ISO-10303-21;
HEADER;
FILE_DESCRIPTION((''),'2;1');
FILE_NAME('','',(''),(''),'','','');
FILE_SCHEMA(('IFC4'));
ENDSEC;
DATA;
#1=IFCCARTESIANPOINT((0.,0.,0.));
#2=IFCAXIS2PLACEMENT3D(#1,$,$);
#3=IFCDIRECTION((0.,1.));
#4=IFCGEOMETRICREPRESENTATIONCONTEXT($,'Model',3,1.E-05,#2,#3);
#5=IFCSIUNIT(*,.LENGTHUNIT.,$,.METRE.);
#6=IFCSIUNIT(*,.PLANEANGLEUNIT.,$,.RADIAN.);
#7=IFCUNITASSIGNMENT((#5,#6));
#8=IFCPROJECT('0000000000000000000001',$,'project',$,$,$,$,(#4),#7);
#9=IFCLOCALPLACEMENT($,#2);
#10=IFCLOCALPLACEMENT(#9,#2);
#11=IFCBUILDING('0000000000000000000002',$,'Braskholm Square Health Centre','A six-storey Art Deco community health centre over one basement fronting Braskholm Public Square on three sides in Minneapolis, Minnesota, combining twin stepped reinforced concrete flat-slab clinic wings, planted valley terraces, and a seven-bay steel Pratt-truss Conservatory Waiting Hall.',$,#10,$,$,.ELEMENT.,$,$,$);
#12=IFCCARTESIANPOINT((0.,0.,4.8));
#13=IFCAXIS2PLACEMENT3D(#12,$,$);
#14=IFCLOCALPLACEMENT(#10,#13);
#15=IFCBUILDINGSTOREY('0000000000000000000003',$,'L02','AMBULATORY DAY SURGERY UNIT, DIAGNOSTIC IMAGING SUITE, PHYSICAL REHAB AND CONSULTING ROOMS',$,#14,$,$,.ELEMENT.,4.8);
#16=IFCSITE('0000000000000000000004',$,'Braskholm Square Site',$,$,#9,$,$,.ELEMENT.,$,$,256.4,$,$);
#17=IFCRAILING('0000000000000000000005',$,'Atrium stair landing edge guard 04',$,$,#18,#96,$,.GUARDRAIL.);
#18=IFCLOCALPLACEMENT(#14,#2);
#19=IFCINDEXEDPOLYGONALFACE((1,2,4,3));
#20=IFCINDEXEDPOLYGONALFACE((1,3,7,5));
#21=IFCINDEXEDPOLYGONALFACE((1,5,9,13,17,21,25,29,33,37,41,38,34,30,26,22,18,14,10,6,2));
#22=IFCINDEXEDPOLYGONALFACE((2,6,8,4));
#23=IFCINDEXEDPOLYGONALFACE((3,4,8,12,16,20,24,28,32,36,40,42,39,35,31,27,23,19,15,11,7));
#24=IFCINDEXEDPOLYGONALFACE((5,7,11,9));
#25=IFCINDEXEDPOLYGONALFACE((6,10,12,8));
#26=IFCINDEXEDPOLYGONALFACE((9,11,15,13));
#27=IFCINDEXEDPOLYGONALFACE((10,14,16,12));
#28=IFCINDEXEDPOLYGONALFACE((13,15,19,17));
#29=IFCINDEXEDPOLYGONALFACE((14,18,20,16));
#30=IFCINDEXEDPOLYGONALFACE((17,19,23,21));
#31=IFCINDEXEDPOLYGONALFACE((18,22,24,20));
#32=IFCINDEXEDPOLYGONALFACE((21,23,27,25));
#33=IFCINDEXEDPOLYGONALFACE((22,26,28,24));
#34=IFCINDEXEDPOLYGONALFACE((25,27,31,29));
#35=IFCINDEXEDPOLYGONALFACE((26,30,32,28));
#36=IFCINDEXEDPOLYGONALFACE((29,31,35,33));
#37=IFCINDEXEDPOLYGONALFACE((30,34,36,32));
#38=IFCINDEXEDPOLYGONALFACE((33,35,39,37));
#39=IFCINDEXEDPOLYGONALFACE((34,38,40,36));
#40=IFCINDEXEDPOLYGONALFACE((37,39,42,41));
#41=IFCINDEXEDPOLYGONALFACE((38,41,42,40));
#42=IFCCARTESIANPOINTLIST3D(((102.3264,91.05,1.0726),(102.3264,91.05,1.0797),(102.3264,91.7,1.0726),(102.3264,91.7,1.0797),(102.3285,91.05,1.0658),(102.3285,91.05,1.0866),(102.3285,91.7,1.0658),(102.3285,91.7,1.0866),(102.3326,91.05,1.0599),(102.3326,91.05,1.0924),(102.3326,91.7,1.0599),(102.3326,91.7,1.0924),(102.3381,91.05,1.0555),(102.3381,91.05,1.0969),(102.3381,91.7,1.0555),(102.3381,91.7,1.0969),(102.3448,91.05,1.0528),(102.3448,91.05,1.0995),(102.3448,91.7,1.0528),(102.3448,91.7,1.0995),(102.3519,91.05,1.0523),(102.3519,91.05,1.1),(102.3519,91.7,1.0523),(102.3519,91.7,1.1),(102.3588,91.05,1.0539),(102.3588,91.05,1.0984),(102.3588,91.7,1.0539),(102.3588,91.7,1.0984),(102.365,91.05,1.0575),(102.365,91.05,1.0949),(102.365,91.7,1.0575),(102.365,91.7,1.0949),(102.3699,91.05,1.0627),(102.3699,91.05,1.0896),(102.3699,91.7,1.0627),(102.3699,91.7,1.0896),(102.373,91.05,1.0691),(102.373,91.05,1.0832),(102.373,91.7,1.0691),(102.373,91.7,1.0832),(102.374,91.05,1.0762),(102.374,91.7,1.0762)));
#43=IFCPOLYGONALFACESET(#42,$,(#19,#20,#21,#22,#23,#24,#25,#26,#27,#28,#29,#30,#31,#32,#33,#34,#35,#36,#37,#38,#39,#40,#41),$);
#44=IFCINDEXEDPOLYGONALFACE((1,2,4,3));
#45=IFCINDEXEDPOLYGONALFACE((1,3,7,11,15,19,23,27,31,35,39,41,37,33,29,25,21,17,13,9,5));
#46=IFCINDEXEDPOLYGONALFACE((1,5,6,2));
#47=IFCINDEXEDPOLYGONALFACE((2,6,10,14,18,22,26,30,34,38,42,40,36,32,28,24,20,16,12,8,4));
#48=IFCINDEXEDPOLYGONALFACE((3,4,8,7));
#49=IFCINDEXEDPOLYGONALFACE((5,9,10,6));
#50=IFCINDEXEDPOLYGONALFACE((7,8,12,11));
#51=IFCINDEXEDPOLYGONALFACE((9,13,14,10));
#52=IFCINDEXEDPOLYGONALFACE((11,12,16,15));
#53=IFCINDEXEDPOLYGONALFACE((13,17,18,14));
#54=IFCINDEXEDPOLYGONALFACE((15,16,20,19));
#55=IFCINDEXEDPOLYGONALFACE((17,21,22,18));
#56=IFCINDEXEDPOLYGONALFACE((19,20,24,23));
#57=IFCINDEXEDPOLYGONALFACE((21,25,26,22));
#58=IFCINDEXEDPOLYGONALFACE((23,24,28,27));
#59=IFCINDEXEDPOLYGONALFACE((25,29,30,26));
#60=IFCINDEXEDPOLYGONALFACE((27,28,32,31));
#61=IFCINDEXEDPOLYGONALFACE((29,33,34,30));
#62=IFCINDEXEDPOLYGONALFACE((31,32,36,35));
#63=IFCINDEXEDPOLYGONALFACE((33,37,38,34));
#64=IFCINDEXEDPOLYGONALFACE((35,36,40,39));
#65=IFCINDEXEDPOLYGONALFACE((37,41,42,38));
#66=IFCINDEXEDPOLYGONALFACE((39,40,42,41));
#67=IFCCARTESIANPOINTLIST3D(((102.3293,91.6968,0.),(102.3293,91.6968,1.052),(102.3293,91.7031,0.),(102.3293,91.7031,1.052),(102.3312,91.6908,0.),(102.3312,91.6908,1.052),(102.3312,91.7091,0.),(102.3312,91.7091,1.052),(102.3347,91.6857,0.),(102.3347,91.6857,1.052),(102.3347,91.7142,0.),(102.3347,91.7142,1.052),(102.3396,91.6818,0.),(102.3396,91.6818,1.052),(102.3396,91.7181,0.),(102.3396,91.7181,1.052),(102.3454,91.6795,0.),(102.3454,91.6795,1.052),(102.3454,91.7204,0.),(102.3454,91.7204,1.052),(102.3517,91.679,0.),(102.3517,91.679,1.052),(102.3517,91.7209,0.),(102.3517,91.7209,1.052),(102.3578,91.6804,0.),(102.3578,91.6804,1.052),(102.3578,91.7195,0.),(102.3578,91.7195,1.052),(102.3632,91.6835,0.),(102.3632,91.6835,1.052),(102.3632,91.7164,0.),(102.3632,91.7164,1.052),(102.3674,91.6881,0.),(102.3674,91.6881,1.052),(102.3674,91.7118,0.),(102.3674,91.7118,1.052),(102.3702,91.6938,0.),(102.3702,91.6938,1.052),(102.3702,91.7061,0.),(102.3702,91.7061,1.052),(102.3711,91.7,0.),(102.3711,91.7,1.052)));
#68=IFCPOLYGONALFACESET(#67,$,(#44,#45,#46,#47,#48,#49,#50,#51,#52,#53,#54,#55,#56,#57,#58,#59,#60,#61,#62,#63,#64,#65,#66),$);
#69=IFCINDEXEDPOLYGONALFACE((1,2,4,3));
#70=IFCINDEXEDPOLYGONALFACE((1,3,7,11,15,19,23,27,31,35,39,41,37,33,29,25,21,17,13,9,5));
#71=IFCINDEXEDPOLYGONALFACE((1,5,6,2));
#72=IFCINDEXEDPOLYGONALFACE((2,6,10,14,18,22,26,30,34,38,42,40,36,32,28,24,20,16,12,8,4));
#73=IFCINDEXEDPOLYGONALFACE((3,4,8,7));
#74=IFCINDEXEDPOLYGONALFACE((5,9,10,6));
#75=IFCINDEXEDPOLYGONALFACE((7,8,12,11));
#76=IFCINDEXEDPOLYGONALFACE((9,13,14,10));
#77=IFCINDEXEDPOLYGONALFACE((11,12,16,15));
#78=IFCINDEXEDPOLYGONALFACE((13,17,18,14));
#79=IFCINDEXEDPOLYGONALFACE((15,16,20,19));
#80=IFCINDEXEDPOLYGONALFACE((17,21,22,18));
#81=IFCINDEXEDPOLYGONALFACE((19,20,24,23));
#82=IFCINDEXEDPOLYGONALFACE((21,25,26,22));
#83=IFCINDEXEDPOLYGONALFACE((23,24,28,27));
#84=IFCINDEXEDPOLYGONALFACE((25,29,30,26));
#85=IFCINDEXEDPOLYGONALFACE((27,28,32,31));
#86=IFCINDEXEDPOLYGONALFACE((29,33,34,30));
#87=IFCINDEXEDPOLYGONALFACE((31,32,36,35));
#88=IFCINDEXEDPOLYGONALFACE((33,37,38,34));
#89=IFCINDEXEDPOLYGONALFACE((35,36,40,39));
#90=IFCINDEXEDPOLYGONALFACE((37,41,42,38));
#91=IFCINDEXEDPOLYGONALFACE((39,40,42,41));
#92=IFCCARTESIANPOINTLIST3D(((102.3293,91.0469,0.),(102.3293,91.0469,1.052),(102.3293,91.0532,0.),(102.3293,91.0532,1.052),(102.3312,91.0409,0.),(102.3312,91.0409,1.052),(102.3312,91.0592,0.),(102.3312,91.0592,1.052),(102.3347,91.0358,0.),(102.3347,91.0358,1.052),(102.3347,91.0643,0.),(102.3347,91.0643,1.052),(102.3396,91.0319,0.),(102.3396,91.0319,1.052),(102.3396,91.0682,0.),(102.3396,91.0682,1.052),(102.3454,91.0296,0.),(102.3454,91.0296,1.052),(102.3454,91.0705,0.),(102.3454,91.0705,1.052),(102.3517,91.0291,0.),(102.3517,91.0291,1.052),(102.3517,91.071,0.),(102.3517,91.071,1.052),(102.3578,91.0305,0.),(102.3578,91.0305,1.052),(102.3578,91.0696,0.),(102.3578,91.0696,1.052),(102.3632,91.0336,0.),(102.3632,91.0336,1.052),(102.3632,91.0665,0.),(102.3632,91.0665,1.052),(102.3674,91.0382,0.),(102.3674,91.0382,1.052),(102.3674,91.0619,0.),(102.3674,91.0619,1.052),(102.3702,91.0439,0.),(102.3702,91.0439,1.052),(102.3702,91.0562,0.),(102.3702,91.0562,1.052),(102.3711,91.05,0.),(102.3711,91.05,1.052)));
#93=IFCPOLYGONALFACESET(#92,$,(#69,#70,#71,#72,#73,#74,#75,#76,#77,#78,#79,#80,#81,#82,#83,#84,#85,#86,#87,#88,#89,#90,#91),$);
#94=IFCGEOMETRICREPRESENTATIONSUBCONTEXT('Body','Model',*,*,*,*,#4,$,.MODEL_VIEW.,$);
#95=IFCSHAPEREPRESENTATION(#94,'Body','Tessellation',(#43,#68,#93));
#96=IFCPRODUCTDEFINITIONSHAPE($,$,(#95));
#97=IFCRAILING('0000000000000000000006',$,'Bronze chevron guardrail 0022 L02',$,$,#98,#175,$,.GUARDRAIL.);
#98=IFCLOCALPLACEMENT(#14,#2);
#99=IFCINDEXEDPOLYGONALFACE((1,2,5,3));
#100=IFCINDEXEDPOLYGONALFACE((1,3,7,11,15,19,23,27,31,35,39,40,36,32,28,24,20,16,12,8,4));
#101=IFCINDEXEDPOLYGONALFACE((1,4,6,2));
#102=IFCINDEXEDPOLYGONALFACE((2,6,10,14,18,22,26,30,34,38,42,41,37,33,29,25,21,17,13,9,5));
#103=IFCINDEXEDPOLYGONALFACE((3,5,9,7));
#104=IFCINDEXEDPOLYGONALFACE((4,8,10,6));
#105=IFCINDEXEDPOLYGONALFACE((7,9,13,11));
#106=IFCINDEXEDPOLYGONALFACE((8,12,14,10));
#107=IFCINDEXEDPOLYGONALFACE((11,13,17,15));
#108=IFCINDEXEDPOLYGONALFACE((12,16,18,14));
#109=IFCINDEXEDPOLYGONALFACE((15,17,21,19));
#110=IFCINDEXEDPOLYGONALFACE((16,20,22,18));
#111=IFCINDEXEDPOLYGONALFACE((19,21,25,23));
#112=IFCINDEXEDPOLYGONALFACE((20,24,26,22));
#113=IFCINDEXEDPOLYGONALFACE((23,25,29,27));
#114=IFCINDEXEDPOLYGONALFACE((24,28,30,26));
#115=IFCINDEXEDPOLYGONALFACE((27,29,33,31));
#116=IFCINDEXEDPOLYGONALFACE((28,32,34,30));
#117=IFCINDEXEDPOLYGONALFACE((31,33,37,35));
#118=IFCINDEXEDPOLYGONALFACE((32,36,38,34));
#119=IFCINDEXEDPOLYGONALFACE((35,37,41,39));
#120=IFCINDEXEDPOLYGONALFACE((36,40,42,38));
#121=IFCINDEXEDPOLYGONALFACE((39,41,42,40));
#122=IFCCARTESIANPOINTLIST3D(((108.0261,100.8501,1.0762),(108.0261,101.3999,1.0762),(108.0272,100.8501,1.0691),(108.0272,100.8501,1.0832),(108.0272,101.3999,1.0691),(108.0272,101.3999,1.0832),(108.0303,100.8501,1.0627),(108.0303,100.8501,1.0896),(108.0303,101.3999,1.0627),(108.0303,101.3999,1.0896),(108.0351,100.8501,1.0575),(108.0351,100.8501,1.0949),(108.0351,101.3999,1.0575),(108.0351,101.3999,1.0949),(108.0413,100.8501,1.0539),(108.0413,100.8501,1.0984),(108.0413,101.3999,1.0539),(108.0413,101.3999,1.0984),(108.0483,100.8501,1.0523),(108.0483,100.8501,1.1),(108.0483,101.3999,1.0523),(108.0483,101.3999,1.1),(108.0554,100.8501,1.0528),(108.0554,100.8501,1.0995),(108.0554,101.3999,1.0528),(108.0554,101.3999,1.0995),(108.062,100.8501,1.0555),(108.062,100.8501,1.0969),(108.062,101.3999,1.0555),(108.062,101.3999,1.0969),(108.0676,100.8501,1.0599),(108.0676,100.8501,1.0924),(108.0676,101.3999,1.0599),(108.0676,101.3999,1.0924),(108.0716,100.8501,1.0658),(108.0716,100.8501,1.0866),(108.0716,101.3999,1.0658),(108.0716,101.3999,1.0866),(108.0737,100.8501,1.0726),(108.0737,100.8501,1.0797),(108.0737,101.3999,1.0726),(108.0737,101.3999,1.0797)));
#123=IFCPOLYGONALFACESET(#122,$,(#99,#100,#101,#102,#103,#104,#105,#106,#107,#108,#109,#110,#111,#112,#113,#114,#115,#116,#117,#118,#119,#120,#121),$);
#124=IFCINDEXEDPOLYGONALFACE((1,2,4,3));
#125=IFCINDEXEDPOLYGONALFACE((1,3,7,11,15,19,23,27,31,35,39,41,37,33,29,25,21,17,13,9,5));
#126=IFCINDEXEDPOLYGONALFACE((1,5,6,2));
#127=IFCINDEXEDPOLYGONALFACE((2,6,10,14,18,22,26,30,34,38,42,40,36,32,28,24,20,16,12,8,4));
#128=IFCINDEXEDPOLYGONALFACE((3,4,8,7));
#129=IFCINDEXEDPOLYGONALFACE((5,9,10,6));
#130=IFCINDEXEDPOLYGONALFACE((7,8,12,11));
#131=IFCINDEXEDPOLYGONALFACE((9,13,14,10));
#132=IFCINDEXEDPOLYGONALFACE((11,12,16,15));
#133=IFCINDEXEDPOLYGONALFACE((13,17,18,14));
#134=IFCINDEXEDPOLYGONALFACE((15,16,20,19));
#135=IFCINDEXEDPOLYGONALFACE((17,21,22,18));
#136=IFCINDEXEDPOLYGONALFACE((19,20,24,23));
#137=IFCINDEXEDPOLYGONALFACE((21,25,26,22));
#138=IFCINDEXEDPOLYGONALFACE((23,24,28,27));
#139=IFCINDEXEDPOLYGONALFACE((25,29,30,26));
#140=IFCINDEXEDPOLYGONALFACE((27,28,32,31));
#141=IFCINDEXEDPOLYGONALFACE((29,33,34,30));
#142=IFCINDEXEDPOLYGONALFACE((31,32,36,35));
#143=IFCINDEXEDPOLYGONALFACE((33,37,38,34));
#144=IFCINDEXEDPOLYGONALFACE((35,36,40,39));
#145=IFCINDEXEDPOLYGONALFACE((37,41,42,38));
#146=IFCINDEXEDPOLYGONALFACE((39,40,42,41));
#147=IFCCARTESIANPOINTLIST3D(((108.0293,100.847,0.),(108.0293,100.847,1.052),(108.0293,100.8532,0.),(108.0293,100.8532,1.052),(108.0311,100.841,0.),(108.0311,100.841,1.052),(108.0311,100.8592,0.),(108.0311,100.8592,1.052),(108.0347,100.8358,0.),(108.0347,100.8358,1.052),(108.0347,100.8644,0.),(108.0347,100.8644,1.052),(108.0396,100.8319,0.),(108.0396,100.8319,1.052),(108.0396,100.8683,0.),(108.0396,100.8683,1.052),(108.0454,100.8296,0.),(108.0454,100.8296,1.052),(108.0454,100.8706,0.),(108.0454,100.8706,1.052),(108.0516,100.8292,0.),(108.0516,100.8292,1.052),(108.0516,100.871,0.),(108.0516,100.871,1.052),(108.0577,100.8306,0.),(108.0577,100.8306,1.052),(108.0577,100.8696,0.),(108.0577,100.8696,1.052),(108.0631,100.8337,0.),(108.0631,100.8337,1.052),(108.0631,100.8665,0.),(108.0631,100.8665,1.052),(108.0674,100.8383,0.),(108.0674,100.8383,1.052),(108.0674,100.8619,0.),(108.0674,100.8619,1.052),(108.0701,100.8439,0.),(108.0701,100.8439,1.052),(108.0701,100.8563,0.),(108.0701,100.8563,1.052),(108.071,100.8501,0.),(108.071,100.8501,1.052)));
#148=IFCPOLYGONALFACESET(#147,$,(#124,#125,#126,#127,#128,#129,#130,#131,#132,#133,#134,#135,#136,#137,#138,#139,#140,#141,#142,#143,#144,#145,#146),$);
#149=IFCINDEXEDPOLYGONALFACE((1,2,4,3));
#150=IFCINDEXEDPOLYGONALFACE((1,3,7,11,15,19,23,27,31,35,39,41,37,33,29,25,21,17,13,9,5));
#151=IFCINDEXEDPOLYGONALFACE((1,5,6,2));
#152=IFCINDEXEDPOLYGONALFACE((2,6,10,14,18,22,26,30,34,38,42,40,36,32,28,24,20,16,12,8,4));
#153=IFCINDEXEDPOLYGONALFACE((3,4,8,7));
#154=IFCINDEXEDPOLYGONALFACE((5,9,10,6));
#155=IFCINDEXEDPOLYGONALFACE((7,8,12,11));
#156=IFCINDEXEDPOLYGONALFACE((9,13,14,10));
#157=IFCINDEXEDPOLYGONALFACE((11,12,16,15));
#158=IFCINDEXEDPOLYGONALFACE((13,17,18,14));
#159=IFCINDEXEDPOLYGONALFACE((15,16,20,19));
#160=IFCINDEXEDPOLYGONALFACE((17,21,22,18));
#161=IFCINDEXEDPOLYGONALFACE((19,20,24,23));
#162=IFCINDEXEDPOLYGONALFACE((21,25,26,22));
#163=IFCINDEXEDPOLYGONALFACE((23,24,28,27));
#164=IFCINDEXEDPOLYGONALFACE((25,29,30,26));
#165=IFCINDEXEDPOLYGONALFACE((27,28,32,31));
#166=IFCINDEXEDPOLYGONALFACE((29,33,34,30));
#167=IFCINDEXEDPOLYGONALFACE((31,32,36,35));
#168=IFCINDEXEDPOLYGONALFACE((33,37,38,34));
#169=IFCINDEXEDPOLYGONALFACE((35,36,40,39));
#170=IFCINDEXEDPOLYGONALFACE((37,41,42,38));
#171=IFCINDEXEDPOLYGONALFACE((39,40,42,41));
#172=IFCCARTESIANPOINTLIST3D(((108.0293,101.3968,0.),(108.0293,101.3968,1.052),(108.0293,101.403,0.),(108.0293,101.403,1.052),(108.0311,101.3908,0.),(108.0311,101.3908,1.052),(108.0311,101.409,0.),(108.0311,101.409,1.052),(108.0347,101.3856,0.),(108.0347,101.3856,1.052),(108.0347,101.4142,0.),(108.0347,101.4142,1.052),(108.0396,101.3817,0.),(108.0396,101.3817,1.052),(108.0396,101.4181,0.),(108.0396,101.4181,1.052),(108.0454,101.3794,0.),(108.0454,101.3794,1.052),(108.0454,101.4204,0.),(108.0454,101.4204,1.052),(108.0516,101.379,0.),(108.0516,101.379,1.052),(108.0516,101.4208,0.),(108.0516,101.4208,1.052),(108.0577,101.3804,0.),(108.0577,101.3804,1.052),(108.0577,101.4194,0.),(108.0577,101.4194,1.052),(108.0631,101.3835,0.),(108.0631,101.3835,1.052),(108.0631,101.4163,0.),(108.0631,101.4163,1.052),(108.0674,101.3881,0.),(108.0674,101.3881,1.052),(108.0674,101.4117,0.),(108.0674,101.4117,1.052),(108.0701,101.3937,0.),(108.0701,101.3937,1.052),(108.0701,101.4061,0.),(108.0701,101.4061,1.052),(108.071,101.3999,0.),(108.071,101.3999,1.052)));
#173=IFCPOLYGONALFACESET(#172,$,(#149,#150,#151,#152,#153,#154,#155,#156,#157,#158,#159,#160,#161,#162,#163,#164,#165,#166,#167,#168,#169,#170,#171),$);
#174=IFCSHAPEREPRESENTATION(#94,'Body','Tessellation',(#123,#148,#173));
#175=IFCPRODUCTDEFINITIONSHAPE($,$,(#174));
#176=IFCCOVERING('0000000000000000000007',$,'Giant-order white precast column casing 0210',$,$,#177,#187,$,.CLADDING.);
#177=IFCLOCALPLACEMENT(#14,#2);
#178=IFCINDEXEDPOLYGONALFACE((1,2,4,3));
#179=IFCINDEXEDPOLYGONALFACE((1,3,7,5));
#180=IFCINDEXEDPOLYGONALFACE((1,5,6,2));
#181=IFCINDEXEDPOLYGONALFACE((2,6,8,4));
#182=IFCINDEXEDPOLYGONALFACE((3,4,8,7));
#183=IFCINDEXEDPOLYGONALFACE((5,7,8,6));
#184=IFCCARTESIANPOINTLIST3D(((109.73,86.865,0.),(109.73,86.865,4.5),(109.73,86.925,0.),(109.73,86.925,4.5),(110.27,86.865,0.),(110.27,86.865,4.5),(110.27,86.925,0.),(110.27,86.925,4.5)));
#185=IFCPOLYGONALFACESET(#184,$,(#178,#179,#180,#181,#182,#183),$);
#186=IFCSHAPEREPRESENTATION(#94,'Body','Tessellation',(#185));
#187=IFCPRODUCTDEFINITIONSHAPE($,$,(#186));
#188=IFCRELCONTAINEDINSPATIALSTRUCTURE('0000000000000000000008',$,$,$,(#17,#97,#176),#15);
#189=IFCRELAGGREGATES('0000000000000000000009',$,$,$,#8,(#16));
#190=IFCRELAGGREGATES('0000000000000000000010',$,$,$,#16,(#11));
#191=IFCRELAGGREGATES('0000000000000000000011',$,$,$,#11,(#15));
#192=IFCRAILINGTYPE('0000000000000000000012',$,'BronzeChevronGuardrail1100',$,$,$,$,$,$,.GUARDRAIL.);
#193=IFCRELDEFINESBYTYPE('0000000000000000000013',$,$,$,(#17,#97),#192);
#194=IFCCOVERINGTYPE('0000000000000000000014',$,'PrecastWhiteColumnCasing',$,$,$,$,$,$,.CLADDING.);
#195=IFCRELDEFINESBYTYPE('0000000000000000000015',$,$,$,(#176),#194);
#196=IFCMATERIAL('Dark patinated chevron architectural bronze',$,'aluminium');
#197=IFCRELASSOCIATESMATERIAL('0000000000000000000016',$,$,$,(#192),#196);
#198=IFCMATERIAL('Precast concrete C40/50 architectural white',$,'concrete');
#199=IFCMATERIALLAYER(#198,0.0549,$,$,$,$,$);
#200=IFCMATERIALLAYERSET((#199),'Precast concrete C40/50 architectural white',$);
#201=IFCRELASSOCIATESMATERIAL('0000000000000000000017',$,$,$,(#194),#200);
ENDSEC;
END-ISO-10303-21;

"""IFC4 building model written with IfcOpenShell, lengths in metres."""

from ifc_helpers import new_model, si_unit, direction, frame, origin, origin_2d, place, context, subcontext, project, spatial, rectangle, circle, extrude, material, layer, layer_set, type_object, element, save


model = new_model("IFC4")

# Units and contexts
model_context = context("Model", 3, precision=1e-05, world=origin(), true_north=direction((0.0, 1.0)))
body_context = subcontext(model_context, "Body", "Model", "MODEL_VIEW")
ifc_project = project(units=[si_unit("LENGTHUNIT", "METRE"), si_unit("PLANEANGLEUNIT", "RADIAN")], contexts=[model_context])

# Site, building, storey
site_placement = place(None, origin())
site = spatial("IfcSite", under=ifc_project, at=site_placement, Name="Braskholm Square Site", CompositionType="ELEMENT", RefElevation=256.4)
building_placement = place(site_placement, origin())
building = spatial("IfcBuilding", under=site, at=building_placement, Name="Braskholm Square Health Centre", Description="A six-storey Art Deco community health centre over one basement fronting Braskholm Public Square on three sides in Minneapolis, Minnesota, combining twin stepped reinforced concrete flat-slab clinic wings, planted valley terraces, and a seven-bay steel Pratt-truss Conservatory Waiting Hall.", CompositionType="ELEMENT")
storey_placement = place(building_placement, frame((0.0, 0.0, 4.8)))
storey = spatial("IfcBuildingStorey", under=building, at=storey_placement, Name="L02", Description="AMBULATORY DAY SURGERY UNIT, DIAGNOSTIC IMAGING SUITE, PHYSICAL REHAB AND CONSULTING ROOMS", CompositionType="ELEMENT", Elevation=4.8)

# Shared definitions
ifc_material_1 = material(Name="Precast concrete C40/50 architectural white", Category="concrete")

# Railings
ifc_material_2 = material(Name="Dark patinated chevron architectural bronze", Category="aluminium")
railing_type_1 = type_object("IfcRailingType", Name="BronzeChevronGuardrail1100", PredefinedType="GUARDRAIL", material=ifc_material_2)
railing_1_placement = place(storey_placement, frame((102.3501, 91.7, 0.0)))
element("IfcRailing", 1, at=railing_1_placement, inside=storey, type_object=railing_type_1, Name="Atrium stair landing edge guard 04", PredefinedType="GUARDRAIL", context=body_context, shape_type="SweptSolid", body=[
    extrude(circle(Radius=0.0239, at=origin_2d()), frame((0.0, 0.0, 1.0762), z_axis=(0.0, -1.0, 0.0), x_axis=(1.0, 0.0, 0.0)), (0.0, 0.0, 1.0), 0.6499),
    extrude(circle(Radius=0.021, at=origin_2d()), origin(), (0.0, 0.0, 1.0), 1.052),
    extrude(circle(Radius=0.021, at=origin_2d()), frame((0.0, -0.6499, 0.0)), (0.0, 0.0, 1.0), 1.052),
])
railing_2_placement = place(storey_placement, frame((108.05, 100.8501, 0.0)))
element("IfcRailing", 2, at=railing_2_placement, inside=storey, type_object=railing_type_1, Name="Bronze chevron guardrail 0022 L02", PredefinedType="GUARDRAIL", context=body_context, shape_type="SweptSolid", body=[
    extrude(circle(Radius=0.0239, at=origin_2d()), frame((0.0, 0.0, 1.0762), z_axis=(0.0, 1.0, 0.0), x_axis=(-1.0, 0.0, 0.0)), (0.0, 0.0, 1.0), 0.5498),
    extrude(circle(Radius=0.021, at=origin_2d()), origin(), (0.0, 0.0, 1.0), 1.052),
    extrude(circle(Radius=0.021, at=origin_2d()), frame((0.0, 0.5498, 0.0)), (0.0, 0.0, 1.0), 1.052),
])

# Covering
ifc_layer = layer(ifc_material_1, 0.0549)
ifc_layer_set = layer_set([ifc_layer], Name="Precast concrete C40/50 architectural white")
covering_type = type_object("IfcCoveringType", Name="PrecastWhiteColumnCasing", PredefinedType="CLADDING", material=ifc_layer_set)
covering_placement = place(storey_placement, frame((110.0, 86.895, 0.0), z_axis=(0.0, 0.0, 1.0), x_axis=(1.0, 0.0, 0.0)))
element("IfcCovering", 3, at=covering_placement, inside=storey, type_object=covering_type, Name="Giant-order white precast column casing 0210", PredefinedType="CLADDING", context=body_context, shape_type="SweptSolid", body=[
    extrude(rectangle(XDim=0.54, YDim=0.0601, at=origin_2d()), origin(), (0.0, 0.0, 1.0), 4.5),
])

save(model, "model.ifc")
